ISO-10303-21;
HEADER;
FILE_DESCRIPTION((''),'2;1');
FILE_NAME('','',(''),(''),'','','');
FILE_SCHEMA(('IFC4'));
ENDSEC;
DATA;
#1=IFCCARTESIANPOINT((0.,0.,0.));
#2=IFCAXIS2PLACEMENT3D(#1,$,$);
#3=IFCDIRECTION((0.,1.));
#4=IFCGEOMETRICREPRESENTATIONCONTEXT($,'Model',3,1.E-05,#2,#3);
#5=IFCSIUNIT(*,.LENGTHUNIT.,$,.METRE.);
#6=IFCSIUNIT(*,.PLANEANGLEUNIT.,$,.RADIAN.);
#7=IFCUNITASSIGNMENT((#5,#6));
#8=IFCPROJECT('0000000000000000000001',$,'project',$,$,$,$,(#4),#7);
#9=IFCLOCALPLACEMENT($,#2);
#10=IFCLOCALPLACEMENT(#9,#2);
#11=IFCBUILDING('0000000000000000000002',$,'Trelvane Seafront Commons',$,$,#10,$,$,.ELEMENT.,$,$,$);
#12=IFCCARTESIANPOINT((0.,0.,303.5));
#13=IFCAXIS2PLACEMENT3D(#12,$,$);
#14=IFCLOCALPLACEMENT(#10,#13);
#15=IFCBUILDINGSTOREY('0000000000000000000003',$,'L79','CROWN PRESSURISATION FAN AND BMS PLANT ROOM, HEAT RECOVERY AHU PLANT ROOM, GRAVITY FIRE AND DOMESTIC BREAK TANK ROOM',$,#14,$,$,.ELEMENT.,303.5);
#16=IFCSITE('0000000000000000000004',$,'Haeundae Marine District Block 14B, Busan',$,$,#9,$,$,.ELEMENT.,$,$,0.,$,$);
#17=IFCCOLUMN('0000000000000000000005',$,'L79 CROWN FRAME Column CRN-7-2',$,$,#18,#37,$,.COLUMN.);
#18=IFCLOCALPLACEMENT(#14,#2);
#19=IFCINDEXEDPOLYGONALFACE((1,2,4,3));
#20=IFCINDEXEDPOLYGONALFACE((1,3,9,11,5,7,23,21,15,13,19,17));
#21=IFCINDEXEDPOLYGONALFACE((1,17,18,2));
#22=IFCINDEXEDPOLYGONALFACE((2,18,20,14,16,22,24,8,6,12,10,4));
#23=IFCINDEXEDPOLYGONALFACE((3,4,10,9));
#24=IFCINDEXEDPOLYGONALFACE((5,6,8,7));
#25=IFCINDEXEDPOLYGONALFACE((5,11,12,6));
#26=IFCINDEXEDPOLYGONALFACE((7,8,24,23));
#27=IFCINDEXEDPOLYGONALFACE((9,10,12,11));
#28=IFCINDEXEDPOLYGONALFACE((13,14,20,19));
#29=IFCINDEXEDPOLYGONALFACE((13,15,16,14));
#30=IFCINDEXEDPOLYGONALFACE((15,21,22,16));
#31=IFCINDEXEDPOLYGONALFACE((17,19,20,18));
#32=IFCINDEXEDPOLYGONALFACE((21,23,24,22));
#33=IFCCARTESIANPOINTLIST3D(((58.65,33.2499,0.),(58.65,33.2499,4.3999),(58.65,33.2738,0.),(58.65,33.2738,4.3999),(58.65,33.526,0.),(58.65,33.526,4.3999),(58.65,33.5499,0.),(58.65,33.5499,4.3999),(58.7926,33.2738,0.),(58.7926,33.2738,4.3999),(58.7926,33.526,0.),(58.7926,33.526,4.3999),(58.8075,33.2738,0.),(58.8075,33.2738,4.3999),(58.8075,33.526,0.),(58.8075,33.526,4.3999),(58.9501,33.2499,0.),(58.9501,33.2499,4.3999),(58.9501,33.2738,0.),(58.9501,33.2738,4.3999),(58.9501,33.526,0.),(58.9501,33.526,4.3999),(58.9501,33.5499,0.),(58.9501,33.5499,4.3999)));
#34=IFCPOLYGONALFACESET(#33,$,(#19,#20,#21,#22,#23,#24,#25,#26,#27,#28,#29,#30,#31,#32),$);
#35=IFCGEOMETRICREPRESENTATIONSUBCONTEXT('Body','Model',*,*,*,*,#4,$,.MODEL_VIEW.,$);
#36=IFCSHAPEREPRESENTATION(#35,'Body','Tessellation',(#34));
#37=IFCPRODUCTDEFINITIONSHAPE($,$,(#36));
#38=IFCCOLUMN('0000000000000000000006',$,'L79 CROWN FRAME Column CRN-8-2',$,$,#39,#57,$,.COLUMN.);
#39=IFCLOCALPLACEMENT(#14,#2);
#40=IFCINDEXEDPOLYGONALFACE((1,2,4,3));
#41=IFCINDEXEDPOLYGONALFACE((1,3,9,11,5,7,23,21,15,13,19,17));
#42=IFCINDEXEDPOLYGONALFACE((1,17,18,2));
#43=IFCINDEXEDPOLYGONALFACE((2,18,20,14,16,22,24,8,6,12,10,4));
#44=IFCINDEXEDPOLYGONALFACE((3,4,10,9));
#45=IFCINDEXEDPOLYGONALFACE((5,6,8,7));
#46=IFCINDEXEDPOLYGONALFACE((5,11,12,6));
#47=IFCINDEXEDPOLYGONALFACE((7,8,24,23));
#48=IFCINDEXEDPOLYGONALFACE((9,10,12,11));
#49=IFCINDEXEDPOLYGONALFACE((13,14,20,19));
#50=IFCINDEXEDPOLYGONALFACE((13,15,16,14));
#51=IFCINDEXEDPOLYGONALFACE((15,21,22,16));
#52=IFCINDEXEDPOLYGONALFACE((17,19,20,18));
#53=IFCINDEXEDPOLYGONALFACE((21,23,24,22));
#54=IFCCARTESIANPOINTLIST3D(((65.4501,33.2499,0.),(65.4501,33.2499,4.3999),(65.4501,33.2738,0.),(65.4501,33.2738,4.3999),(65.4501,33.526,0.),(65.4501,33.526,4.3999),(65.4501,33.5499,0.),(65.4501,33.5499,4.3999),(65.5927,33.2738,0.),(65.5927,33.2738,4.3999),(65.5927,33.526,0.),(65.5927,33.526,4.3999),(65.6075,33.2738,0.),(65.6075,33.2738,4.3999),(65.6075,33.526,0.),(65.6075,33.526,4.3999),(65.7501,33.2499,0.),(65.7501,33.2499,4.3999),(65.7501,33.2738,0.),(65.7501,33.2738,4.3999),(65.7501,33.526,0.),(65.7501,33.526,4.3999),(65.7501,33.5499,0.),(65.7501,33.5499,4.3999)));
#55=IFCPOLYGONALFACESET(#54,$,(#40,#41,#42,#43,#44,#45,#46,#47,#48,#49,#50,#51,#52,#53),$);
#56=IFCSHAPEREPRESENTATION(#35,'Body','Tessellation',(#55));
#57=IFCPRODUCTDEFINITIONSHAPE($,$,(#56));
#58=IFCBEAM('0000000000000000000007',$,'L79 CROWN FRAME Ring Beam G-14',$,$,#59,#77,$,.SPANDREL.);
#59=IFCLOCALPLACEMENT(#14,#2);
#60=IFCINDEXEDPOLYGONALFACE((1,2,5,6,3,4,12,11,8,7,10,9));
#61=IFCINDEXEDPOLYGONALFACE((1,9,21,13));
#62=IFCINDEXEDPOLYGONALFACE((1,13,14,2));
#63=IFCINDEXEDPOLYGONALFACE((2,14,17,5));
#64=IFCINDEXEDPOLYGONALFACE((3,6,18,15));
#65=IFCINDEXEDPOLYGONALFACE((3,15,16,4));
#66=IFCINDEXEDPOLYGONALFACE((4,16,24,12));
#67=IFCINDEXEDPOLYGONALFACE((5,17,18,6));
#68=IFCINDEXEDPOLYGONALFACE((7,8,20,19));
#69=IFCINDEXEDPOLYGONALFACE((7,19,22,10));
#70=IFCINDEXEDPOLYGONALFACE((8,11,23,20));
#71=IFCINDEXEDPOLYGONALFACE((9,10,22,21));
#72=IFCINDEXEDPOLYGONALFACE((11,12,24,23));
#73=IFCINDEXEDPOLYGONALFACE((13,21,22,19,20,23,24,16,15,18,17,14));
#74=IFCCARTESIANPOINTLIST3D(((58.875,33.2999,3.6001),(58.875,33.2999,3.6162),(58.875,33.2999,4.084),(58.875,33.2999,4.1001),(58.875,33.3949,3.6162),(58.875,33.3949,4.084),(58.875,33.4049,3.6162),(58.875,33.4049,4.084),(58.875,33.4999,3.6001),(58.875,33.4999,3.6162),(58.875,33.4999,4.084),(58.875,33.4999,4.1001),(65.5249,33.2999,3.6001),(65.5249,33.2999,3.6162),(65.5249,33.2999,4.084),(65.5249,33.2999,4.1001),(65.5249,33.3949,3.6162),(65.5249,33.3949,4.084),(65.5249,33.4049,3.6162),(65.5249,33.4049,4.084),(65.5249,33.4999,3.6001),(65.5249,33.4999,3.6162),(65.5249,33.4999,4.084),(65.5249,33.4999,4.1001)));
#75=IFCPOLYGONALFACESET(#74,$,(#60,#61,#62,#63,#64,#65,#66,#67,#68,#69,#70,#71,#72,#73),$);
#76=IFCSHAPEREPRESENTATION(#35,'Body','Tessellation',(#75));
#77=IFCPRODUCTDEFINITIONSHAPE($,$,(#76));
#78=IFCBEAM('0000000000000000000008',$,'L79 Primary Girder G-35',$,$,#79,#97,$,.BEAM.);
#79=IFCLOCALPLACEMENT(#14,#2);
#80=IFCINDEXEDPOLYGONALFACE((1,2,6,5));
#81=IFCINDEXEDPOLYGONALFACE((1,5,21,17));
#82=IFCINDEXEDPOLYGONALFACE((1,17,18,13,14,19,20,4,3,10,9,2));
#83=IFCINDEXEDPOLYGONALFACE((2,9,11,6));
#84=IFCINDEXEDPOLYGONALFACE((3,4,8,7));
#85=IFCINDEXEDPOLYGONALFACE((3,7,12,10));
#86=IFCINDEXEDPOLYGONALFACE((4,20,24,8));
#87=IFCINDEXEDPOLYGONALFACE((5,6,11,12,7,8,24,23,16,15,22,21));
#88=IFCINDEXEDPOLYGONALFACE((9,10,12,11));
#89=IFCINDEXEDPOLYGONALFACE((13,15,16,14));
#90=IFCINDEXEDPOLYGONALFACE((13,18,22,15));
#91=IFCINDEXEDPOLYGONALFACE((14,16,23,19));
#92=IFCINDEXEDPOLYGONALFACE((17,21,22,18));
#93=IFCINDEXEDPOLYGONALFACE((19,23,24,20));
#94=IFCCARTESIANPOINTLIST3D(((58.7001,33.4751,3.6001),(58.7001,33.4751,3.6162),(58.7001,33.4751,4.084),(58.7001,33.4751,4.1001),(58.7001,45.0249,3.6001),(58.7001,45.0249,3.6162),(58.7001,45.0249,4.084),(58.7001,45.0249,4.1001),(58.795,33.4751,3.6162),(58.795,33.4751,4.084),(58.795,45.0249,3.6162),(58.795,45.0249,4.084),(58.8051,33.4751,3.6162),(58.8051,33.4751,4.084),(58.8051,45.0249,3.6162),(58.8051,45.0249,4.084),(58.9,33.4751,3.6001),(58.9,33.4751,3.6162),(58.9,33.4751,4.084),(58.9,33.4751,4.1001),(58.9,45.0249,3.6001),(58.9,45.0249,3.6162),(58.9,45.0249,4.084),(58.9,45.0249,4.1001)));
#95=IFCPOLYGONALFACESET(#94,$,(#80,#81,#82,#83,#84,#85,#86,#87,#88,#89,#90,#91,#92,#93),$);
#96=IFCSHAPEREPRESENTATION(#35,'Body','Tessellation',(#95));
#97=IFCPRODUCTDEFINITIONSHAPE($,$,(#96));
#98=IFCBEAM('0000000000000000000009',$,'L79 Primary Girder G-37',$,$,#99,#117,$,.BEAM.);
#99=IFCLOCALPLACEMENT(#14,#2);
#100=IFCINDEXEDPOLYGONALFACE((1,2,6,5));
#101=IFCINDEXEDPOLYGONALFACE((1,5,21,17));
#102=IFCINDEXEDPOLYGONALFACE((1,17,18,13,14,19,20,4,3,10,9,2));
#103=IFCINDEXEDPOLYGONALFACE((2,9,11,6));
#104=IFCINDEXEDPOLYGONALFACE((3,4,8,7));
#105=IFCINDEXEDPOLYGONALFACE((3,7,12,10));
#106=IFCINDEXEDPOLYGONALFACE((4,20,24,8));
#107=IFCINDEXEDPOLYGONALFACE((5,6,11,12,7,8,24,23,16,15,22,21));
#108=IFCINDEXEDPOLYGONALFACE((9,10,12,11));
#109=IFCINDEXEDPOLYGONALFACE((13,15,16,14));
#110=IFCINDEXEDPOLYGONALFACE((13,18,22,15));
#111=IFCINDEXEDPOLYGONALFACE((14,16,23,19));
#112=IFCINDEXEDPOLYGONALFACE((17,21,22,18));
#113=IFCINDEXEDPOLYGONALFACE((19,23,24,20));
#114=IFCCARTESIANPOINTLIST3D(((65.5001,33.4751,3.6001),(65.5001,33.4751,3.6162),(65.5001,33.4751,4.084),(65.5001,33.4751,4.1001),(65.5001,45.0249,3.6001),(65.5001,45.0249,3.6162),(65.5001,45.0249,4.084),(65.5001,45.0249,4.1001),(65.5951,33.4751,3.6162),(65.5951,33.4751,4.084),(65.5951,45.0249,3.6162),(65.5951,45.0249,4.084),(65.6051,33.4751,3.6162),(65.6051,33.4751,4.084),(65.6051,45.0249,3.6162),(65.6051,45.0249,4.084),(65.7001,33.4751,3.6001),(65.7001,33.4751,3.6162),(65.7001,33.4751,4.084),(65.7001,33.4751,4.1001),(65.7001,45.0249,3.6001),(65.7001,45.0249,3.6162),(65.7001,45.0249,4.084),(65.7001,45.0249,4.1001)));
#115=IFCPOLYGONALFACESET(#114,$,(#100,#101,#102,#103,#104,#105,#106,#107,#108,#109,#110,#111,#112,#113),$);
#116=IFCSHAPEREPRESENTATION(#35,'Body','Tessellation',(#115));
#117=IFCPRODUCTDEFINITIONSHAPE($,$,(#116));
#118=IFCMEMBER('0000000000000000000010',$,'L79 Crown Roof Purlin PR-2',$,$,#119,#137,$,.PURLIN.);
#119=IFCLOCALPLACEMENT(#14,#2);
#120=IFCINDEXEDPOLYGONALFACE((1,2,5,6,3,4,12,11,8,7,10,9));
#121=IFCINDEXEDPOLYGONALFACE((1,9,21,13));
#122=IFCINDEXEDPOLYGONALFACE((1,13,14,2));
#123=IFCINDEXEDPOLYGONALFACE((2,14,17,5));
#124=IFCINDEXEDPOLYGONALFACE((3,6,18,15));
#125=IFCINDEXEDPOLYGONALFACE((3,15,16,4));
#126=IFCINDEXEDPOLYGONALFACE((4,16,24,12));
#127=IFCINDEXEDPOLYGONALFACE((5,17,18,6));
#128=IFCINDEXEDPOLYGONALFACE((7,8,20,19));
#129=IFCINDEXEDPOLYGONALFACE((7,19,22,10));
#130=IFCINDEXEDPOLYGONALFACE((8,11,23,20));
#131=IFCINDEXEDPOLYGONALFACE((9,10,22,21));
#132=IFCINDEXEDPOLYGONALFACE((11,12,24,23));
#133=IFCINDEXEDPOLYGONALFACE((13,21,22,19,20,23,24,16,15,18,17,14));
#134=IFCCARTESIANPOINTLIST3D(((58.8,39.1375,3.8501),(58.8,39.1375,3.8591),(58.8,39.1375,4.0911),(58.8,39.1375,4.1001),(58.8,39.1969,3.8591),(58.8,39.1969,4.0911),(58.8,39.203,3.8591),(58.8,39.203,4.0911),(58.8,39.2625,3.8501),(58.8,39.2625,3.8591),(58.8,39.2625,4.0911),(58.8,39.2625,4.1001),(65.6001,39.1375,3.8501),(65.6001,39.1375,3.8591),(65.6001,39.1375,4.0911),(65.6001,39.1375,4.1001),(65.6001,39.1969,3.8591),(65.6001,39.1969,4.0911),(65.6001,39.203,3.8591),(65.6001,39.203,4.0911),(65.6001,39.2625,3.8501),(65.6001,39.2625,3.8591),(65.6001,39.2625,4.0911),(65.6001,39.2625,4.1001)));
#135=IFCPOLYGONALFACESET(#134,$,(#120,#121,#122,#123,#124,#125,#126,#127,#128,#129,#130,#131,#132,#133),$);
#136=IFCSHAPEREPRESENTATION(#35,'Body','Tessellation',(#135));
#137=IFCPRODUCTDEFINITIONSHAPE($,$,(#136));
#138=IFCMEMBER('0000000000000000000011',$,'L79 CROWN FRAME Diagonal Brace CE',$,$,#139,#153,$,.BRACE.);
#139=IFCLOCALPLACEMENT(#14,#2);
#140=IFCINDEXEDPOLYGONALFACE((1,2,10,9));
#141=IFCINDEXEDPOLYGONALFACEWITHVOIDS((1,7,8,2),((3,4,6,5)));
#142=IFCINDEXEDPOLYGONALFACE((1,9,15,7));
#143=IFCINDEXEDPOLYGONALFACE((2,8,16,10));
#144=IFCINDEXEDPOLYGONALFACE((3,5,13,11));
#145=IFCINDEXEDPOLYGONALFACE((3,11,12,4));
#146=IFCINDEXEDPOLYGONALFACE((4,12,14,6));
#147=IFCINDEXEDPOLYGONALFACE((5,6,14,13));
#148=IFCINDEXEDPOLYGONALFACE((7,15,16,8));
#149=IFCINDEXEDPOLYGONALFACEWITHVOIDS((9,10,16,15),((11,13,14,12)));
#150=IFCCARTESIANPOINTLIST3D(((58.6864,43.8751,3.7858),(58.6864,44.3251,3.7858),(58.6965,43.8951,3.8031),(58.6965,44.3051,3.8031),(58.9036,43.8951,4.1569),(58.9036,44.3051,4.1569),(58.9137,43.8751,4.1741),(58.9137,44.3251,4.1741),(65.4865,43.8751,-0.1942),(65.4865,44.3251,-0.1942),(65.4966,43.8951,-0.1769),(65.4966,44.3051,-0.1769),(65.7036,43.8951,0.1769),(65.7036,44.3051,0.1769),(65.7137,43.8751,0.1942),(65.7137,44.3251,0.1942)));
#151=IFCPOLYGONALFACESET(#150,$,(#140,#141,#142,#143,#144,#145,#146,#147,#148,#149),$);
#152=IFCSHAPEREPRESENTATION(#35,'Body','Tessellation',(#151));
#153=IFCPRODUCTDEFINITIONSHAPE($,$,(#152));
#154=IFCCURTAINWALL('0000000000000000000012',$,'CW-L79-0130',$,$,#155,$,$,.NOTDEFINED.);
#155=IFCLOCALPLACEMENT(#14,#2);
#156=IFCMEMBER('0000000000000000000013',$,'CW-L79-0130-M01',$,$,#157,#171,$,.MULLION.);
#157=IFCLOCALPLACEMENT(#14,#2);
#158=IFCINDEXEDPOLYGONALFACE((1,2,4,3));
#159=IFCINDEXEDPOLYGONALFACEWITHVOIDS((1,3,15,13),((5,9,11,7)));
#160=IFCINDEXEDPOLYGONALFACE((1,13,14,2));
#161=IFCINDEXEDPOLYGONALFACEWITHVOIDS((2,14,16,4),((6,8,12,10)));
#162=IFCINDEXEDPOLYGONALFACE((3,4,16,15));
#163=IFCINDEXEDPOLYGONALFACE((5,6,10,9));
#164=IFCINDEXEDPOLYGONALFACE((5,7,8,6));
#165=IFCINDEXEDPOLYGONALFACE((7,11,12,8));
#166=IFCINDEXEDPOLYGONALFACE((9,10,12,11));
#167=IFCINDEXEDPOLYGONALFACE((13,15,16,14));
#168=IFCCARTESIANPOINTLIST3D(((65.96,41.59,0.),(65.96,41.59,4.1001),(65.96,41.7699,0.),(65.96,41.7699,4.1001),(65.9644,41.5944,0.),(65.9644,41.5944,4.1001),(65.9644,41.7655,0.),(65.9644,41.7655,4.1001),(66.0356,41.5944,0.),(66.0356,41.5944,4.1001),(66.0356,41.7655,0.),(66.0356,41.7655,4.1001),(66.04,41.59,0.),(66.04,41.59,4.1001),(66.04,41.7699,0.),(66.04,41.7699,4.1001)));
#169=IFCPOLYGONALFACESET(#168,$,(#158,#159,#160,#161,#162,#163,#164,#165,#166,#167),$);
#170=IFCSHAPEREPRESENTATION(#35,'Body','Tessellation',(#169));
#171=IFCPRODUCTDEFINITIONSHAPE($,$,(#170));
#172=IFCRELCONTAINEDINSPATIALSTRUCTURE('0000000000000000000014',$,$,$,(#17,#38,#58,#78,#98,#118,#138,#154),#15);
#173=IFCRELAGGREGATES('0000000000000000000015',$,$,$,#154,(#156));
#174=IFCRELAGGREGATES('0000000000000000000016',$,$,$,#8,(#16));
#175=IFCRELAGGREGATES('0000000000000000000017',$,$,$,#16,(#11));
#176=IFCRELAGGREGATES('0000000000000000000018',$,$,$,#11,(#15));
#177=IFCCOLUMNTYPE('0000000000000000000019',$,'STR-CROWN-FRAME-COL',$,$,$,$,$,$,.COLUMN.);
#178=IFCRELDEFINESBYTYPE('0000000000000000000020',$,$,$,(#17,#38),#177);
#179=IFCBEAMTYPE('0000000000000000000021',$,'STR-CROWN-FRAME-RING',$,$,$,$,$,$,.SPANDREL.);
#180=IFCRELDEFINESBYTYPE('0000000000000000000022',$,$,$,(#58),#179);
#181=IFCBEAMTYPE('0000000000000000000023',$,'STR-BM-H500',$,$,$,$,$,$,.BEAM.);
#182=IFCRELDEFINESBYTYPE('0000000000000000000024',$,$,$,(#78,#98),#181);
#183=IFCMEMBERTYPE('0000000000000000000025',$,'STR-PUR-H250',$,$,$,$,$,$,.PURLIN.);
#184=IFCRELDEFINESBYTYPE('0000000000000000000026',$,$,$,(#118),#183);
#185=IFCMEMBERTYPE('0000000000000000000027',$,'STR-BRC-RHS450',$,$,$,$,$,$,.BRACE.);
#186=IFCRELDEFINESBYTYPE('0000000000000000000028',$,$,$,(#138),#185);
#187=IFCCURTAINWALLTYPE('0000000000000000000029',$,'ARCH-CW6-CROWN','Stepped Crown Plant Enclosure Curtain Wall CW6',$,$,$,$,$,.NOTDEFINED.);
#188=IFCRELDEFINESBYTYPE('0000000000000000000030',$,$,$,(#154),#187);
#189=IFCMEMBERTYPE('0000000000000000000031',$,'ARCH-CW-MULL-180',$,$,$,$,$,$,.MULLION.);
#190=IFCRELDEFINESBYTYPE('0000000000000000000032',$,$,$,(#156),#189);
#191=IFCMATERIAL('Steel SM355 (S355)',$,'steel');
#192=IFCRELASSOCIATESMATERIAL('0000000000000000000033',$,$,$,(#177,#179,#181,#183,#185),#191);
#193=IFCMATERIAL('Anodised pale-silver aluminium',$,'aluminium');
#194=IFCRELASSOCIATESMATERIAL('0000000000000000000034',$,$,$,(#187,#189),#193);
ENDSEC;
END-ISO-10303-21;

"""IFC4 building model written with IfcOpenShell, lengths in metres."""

from ifc_helpers import new_model, si_unit, direction, frame, origin, origin_2d, place, context, subcontext, project, spatial, hollow_rectangle, i_section, extrude, source, transform, mapped, material, material_profile, profile_set, type_object, element, aggregate, save


model = new_model("IFC4")

# Units and contexts
model_context = context("Model", 3, precision=1e-05, world=origin(), true_north=direction((0.0, 1.0)))
body_context = subcontext(model_context, "Body", "Model", "MODEL_VIEW")
ifc_project = project(units=[si_unit("LENGTHUNIT", "METRE"), si_unit("PLANEANGLEUNIT", "RADIAN")], contexts=[model_context])

# Site, building, storey
site_placement = place(None, origin())
site = spatial("IfcSite", under=ifc_project, at=site_placement, Name="Haeundae Marine District Block 14B, Busan", CompositionType="ELEMENT", RefElevation=0.0)
building_placement = place(site_placement, origin())
building = spatial("IfcBuilding", under=site, at=building_placement, Name="Trelvane Seafront Commons", CompositionType="ELEMENT")
storey_placement = place(building_placement, frame((0.0, 0.0, 303.5)))
storey = spatial("IfcBuildingStorey", under=building, at=storey_placement, Name="L79", Description="CROWN PRESSURISATION FAN AND BMS PLANT ROOM, HEAT RECOVERY AHU PLANT ROOM, GRAVITY FIRE AND DOMESTIC BREAK TANK ROOM", CompositionType="ELEMENT", Elevation=303.5)

# Columns
ifc_material_1 = material(Name="Steel SM355 (S355)", Category="steel")
ifc_material_profile_1 = material_profile(ifc_material_1, i_section(OverallWidth=0.3, OverallDepth=0.3, WebThickness=0.0149, FlangeThickness=0.0239, at=origin_2d()), Name="HD-300x300x15x24")
ifc_profile_set_1 = profile_set([ifc_material_profile_1], Name="Steel SM355 (S355)")
column_type = type_object("IfcColumnType", Name="STR-CROWN-FRAME-COL", PredefinedType="COLUMN", material=ifc_profile_set_1)
shared_shape_1 = source(origin(), body_context, "Body", "SweptSolid", [
    extrude(i_section(OverallWidth=0.3, OverallDepth=0.3, WebThickness=0.0149, FlangeThickness=0.0239, at=origin_2d()), origin(), (0.0, 0.0, 1.0), 4.3999),
])
for number, where, z_axis, x_axis, name in (
    (1, (58.8, 33.3999, 0.0), (0.0, 0.0, 1.0), (1.0, 0.0, 0.0), "L79 CROWN FRAME Column CRN-7-2"),
    (2, (65.6001, 33.3999, 0.0), (0.0, 0.0, 1.0), (1.0, 0.0, 0.0), "L79 CROWN FRAME Column CRN-8-2"),
):
    element("IfcColumn", number, at=place(storey_placement, frame(where, z_axis=z_axis, x_axis=x_axis)), inside=storey, type_object=column_type, Name=name, PredefinedType="COLUMN", context=body_context, shape_type="MappedRepresentation", body=[
        mapped(shared_shape_1, transform((0.0, 0.0, 0.0), x_axis=(1.0, 0.0, 0.0), y_axis=(0.0, 1.0, 0.0), z_axis=(0.0, 0.0, 1.0), scale=1.0)),
    ])

# Beams
ifc_material_profile_2 = material_profile(ifc_material_1, i_section(OverallWidth=0.2, OverallDepth=0.5, WebThickness=0.01, FlangeThickness=0.0161, at=origin_2d()), Name="H-500x200x10x16")
ifc_profile_set_2 = profile_set([ifc_material_profile_2], Name="Steel SM355 (S355)")
beam_type_1 = type_object("IfcBeamType", Name="STR-CROWN-FRAME-RING", PredefinedType="SPANDREL", material=ifc_profile_set_2)
shared_shape_2 = source(origin(), body_context, "Body", "SweptSolid", [
    extrude(i_section(OverallWidth=0.2, OverallDepth=0.5, WebThickness=0.01, FlangeThickness=0.0161, at=origin_2d()), origin(), (0.0, 0.0, 1.0), 6.6499),
])
beam_placement = place(storey_placement, frame((58.875, 33.3999, 3.8501), z_axis=(1.0, 0.0, 0.0), x_axis=(0.0, 1.0, 0.0)))
element("IfcBeam", 3, at=beam_placement, inside=storey, type_object=beam_type_1, Name="L79 CROWN FRAME Ring Beam G-14", PredefinedType="SPANDREL", context=body_context, shape_type="MappedRepresentation", body=[
    mapped(shared_shape_2, transform((0.0, 0.0, 0.0), x_axis=(1.0, 0.0, 0.0), y_axis=(0.0, 1.0, 0.0), z_axis=(0.0, 0.0, 1.0), scale=1.0)),
])
ifc_material_profile_3 = material_profile(ifc_material_1, i_section(OverallWidth=0.2, OverallDepth=0.5, WebThickness=0.01, FlangeThickness=0.0161, at=origin_2d()), Name="H-500x200x10x16")
ifc_profile_set_3 = profile_set([ifc_material_profile_3], Name="Steel SM355 (S355)")
beam_type_2 = type_object("IfcBeamType", Name="STR-BM-H500", PredefinedType="BEAM", material=ifc_profile_set_3)
shared_shape_3 = source(origin(), body_context, "Body", "SweptSolid", [
    extrude(i_section(OverallWidth=0.2, OverallDepth=0.5, WebThickness=0.01, FlangeThickness=0.0161, at=origin_2d()), origin(), (0.0, 0.0, 1.0), 11.5498),
])
for number, where, z_axis, x_axis, name in (
    (4, (58.8, 33.4751, 3.8501), (0.0, 1.0, 0.0), (-1.0, 0.0, 0.0), "L79 Primary Girder G-35"),
    (5, (65.6001, 33.4751, 3.8501), (0.0, 1.0, 0.0), (-1.0, 0.0, 0.0), "L79 Primary Girder G-37"),
):
    element("IfcBeam", number, at=place(storey_placement, frame(where, z_axis=z_axis, x_axis=x_axis)), inside=storey, type_object=beam_type_2, Name=name, PredefinedType="BEAM", context=body_context, shape_type="MappedRepresentation", body=[
        mapped(shared_shape_3, transform((0.0, 0.0, 0.0), x_axis=(1.0, 0.0, 0.0), y_axis=(0.0, 1.0, 0.0), z_axis=(0.0, 0.0, 1.0), scale=1.0)),
    ])

# Members
ifc_material_profile_4 = material_profile(ifc_material_1, i_section(OverallWidth=0.125, OverallDepth=0.25, WebThickness=0.0061, FlangeThickness=0.009, at=origin_2d()), Name="H-250x125x6x9")
ifc_profile_set_4 = profile_set([ifc_material_profile_4], Name="Steel SM355 (S355)")
member_type_1 = type_object("IfcMemberType", Name="STR-PUR-H250", PredefinedType="PURLIN", material=ifc_profile_set_4)
shared_shape_4 = source(origin(), body_context, "Body", "SweptSolid", [
    extrude(i_section(OverallWidth=0.125, OverallDepth=0.25, WebThickness=0.0061, FlangeThickness=0.009, at=origin_2d()), origin(), (0.0, 0.0, 1.0), 6.8),
])
member_1_placement = place(storey_placement, frame((58.8, 39.2, 3.9751), z_axis=(1.0, 0.0, 0.0), x_axis=(0.0, 1.0, 0.0)))
element("IfcMember", 6, at=member_1_placement, inside=storey, type_object=member_type_1, Name="L79 Crown Roof Purlin PR-2", PredefinedType="PURLIN", context=body_context, shape_type="MappedRepresentation", body=[
    mapped(shared_shape_4, transform((0.0, 0.0, 0.0), x_axis=(1.0, 0.0, 0.0), y_axis=(0.0, 1.0, 0.0), z_axis=(0.0, 0.0, 1.0), scale=1.0)),
])
ifc_material_profile_5 = material_profile(ifc_material_1, hollow_rectangle(XDim=0.45, YDim=0.45, WallThickness=0.02, at=origin_2d()), Name="RHS-450x450x20")
ifc_profile_set_5 = profile_set([ifc_material_profile_5], Name="Steel SM355 (S355)")
member_type_2 = type_object("IfcMemberType", Name="STR-BRC-RHS450", PredefinedType="BRACE", material=ifc_profile_set_5)
shared_shape_5 = source(origin(), body_context, "Body", "SweptSolid", [
    extrude(hollow_rectangle(XDim=0.45, YDim=0.45, WallThickness=0.02, at=origin_2d()), origin(), (0.0, 0.0, 1.0), 7.8792),
])
member_2_placement = place(storey_placement, frame((65.6001, 44.1001, 0.0), z_axis=(-0.863044, 0.0, 0.505129), x_axis=(0.0, -1.0, 0.0)))
element("IfcMember", 7, at=member_2_placement, inside=storey, type_object=member_type_2, Name="L79 CROWN FRAME Diagonal Brace CE", PredefinedType="BRACE", context=body_context, shape_type="MappedRepresentation", body=[
    mapped(shared_shape_5, transform((0.0, 0.0, 0.0), x_axis=(1.0, 0.0, 0.0), y_axis=(0.0, 1.0, 0.0), z_axis=(0.0, 0.0, 1.0), scale=1.0)),
])

# Curtain wall, member
ifc_material_2 = material(Name="Anodised pale-silver aluminium", Category="aluminium")
curtain_wall_type = type_object("IfcCurtainWallType", Name="ARCH-CW6-CROWN", Description="Stepped Crown Plant Enclosure Curtain Wall CW6", PredefinedType="NOTDEFINED", material=ifc_material_2)
curtain_wall_placement = place(storey_placement, origin())
curtain_wall = element("IfcCurtainWall", 8, at=curtain_wall_placement, inside=storey, type_object=curtain_wall_type, Name="CW-L79-0130", PredefinedType="NOTDEFINED")
ifc_material_profile_6 = material_profile(ifc_material_2, hollow_rectangle(XDim=0.0801, YDim=0.1799, WallThickness=0.0044, at=origin_2d()), Name="MULL-80x180x4.5")
ifc_profile_set_6 = profile_set([ifc_material_profile_6], Name="Anodised pale-silver aluminium")
member_type_3 = type_object("IfcMemberType", Name="ARCH-CW-MULL-180", PredefinedType="MULLION", material=ifc_profile_set_6)
shared_shape_6 = source(origin(), body_context, "Body", "SweptSolid", [
    extrude(hollow_rectangle(XDim=0.0801, YDim=0.1799, WallThickness=0.0044, at=origin_2d()), origin(), (0.0, 0.0, 1.0), 4.1001),
])
member_3_placement = place(storey_placement, frame((66.0, 41.6799, 0.0), z_axis=(0.0, 0.0, 1.0), x_axis=(1.0, 0.0, 0.0)))
member_3 = element("IfcMember", 9, at=member_3_placement, type_object=member_type_3, Name="CW-L79-0130-M01", PredefinedType="MULLION", context=body_context, shape_type="MappedRepresentation", body=[
    mapped(shared_shape_6, transform((0.0, 0.0, 0.0), x_axis=(1.0, 0.0, 0.0), y_axis=(0.0, 1.0, 0.0), z_axis=(0.0, 0.0, 1.0), scale=1.0)),
])

aggregate(curtain_wall, [member_3])

save(model, "model.ifc")
